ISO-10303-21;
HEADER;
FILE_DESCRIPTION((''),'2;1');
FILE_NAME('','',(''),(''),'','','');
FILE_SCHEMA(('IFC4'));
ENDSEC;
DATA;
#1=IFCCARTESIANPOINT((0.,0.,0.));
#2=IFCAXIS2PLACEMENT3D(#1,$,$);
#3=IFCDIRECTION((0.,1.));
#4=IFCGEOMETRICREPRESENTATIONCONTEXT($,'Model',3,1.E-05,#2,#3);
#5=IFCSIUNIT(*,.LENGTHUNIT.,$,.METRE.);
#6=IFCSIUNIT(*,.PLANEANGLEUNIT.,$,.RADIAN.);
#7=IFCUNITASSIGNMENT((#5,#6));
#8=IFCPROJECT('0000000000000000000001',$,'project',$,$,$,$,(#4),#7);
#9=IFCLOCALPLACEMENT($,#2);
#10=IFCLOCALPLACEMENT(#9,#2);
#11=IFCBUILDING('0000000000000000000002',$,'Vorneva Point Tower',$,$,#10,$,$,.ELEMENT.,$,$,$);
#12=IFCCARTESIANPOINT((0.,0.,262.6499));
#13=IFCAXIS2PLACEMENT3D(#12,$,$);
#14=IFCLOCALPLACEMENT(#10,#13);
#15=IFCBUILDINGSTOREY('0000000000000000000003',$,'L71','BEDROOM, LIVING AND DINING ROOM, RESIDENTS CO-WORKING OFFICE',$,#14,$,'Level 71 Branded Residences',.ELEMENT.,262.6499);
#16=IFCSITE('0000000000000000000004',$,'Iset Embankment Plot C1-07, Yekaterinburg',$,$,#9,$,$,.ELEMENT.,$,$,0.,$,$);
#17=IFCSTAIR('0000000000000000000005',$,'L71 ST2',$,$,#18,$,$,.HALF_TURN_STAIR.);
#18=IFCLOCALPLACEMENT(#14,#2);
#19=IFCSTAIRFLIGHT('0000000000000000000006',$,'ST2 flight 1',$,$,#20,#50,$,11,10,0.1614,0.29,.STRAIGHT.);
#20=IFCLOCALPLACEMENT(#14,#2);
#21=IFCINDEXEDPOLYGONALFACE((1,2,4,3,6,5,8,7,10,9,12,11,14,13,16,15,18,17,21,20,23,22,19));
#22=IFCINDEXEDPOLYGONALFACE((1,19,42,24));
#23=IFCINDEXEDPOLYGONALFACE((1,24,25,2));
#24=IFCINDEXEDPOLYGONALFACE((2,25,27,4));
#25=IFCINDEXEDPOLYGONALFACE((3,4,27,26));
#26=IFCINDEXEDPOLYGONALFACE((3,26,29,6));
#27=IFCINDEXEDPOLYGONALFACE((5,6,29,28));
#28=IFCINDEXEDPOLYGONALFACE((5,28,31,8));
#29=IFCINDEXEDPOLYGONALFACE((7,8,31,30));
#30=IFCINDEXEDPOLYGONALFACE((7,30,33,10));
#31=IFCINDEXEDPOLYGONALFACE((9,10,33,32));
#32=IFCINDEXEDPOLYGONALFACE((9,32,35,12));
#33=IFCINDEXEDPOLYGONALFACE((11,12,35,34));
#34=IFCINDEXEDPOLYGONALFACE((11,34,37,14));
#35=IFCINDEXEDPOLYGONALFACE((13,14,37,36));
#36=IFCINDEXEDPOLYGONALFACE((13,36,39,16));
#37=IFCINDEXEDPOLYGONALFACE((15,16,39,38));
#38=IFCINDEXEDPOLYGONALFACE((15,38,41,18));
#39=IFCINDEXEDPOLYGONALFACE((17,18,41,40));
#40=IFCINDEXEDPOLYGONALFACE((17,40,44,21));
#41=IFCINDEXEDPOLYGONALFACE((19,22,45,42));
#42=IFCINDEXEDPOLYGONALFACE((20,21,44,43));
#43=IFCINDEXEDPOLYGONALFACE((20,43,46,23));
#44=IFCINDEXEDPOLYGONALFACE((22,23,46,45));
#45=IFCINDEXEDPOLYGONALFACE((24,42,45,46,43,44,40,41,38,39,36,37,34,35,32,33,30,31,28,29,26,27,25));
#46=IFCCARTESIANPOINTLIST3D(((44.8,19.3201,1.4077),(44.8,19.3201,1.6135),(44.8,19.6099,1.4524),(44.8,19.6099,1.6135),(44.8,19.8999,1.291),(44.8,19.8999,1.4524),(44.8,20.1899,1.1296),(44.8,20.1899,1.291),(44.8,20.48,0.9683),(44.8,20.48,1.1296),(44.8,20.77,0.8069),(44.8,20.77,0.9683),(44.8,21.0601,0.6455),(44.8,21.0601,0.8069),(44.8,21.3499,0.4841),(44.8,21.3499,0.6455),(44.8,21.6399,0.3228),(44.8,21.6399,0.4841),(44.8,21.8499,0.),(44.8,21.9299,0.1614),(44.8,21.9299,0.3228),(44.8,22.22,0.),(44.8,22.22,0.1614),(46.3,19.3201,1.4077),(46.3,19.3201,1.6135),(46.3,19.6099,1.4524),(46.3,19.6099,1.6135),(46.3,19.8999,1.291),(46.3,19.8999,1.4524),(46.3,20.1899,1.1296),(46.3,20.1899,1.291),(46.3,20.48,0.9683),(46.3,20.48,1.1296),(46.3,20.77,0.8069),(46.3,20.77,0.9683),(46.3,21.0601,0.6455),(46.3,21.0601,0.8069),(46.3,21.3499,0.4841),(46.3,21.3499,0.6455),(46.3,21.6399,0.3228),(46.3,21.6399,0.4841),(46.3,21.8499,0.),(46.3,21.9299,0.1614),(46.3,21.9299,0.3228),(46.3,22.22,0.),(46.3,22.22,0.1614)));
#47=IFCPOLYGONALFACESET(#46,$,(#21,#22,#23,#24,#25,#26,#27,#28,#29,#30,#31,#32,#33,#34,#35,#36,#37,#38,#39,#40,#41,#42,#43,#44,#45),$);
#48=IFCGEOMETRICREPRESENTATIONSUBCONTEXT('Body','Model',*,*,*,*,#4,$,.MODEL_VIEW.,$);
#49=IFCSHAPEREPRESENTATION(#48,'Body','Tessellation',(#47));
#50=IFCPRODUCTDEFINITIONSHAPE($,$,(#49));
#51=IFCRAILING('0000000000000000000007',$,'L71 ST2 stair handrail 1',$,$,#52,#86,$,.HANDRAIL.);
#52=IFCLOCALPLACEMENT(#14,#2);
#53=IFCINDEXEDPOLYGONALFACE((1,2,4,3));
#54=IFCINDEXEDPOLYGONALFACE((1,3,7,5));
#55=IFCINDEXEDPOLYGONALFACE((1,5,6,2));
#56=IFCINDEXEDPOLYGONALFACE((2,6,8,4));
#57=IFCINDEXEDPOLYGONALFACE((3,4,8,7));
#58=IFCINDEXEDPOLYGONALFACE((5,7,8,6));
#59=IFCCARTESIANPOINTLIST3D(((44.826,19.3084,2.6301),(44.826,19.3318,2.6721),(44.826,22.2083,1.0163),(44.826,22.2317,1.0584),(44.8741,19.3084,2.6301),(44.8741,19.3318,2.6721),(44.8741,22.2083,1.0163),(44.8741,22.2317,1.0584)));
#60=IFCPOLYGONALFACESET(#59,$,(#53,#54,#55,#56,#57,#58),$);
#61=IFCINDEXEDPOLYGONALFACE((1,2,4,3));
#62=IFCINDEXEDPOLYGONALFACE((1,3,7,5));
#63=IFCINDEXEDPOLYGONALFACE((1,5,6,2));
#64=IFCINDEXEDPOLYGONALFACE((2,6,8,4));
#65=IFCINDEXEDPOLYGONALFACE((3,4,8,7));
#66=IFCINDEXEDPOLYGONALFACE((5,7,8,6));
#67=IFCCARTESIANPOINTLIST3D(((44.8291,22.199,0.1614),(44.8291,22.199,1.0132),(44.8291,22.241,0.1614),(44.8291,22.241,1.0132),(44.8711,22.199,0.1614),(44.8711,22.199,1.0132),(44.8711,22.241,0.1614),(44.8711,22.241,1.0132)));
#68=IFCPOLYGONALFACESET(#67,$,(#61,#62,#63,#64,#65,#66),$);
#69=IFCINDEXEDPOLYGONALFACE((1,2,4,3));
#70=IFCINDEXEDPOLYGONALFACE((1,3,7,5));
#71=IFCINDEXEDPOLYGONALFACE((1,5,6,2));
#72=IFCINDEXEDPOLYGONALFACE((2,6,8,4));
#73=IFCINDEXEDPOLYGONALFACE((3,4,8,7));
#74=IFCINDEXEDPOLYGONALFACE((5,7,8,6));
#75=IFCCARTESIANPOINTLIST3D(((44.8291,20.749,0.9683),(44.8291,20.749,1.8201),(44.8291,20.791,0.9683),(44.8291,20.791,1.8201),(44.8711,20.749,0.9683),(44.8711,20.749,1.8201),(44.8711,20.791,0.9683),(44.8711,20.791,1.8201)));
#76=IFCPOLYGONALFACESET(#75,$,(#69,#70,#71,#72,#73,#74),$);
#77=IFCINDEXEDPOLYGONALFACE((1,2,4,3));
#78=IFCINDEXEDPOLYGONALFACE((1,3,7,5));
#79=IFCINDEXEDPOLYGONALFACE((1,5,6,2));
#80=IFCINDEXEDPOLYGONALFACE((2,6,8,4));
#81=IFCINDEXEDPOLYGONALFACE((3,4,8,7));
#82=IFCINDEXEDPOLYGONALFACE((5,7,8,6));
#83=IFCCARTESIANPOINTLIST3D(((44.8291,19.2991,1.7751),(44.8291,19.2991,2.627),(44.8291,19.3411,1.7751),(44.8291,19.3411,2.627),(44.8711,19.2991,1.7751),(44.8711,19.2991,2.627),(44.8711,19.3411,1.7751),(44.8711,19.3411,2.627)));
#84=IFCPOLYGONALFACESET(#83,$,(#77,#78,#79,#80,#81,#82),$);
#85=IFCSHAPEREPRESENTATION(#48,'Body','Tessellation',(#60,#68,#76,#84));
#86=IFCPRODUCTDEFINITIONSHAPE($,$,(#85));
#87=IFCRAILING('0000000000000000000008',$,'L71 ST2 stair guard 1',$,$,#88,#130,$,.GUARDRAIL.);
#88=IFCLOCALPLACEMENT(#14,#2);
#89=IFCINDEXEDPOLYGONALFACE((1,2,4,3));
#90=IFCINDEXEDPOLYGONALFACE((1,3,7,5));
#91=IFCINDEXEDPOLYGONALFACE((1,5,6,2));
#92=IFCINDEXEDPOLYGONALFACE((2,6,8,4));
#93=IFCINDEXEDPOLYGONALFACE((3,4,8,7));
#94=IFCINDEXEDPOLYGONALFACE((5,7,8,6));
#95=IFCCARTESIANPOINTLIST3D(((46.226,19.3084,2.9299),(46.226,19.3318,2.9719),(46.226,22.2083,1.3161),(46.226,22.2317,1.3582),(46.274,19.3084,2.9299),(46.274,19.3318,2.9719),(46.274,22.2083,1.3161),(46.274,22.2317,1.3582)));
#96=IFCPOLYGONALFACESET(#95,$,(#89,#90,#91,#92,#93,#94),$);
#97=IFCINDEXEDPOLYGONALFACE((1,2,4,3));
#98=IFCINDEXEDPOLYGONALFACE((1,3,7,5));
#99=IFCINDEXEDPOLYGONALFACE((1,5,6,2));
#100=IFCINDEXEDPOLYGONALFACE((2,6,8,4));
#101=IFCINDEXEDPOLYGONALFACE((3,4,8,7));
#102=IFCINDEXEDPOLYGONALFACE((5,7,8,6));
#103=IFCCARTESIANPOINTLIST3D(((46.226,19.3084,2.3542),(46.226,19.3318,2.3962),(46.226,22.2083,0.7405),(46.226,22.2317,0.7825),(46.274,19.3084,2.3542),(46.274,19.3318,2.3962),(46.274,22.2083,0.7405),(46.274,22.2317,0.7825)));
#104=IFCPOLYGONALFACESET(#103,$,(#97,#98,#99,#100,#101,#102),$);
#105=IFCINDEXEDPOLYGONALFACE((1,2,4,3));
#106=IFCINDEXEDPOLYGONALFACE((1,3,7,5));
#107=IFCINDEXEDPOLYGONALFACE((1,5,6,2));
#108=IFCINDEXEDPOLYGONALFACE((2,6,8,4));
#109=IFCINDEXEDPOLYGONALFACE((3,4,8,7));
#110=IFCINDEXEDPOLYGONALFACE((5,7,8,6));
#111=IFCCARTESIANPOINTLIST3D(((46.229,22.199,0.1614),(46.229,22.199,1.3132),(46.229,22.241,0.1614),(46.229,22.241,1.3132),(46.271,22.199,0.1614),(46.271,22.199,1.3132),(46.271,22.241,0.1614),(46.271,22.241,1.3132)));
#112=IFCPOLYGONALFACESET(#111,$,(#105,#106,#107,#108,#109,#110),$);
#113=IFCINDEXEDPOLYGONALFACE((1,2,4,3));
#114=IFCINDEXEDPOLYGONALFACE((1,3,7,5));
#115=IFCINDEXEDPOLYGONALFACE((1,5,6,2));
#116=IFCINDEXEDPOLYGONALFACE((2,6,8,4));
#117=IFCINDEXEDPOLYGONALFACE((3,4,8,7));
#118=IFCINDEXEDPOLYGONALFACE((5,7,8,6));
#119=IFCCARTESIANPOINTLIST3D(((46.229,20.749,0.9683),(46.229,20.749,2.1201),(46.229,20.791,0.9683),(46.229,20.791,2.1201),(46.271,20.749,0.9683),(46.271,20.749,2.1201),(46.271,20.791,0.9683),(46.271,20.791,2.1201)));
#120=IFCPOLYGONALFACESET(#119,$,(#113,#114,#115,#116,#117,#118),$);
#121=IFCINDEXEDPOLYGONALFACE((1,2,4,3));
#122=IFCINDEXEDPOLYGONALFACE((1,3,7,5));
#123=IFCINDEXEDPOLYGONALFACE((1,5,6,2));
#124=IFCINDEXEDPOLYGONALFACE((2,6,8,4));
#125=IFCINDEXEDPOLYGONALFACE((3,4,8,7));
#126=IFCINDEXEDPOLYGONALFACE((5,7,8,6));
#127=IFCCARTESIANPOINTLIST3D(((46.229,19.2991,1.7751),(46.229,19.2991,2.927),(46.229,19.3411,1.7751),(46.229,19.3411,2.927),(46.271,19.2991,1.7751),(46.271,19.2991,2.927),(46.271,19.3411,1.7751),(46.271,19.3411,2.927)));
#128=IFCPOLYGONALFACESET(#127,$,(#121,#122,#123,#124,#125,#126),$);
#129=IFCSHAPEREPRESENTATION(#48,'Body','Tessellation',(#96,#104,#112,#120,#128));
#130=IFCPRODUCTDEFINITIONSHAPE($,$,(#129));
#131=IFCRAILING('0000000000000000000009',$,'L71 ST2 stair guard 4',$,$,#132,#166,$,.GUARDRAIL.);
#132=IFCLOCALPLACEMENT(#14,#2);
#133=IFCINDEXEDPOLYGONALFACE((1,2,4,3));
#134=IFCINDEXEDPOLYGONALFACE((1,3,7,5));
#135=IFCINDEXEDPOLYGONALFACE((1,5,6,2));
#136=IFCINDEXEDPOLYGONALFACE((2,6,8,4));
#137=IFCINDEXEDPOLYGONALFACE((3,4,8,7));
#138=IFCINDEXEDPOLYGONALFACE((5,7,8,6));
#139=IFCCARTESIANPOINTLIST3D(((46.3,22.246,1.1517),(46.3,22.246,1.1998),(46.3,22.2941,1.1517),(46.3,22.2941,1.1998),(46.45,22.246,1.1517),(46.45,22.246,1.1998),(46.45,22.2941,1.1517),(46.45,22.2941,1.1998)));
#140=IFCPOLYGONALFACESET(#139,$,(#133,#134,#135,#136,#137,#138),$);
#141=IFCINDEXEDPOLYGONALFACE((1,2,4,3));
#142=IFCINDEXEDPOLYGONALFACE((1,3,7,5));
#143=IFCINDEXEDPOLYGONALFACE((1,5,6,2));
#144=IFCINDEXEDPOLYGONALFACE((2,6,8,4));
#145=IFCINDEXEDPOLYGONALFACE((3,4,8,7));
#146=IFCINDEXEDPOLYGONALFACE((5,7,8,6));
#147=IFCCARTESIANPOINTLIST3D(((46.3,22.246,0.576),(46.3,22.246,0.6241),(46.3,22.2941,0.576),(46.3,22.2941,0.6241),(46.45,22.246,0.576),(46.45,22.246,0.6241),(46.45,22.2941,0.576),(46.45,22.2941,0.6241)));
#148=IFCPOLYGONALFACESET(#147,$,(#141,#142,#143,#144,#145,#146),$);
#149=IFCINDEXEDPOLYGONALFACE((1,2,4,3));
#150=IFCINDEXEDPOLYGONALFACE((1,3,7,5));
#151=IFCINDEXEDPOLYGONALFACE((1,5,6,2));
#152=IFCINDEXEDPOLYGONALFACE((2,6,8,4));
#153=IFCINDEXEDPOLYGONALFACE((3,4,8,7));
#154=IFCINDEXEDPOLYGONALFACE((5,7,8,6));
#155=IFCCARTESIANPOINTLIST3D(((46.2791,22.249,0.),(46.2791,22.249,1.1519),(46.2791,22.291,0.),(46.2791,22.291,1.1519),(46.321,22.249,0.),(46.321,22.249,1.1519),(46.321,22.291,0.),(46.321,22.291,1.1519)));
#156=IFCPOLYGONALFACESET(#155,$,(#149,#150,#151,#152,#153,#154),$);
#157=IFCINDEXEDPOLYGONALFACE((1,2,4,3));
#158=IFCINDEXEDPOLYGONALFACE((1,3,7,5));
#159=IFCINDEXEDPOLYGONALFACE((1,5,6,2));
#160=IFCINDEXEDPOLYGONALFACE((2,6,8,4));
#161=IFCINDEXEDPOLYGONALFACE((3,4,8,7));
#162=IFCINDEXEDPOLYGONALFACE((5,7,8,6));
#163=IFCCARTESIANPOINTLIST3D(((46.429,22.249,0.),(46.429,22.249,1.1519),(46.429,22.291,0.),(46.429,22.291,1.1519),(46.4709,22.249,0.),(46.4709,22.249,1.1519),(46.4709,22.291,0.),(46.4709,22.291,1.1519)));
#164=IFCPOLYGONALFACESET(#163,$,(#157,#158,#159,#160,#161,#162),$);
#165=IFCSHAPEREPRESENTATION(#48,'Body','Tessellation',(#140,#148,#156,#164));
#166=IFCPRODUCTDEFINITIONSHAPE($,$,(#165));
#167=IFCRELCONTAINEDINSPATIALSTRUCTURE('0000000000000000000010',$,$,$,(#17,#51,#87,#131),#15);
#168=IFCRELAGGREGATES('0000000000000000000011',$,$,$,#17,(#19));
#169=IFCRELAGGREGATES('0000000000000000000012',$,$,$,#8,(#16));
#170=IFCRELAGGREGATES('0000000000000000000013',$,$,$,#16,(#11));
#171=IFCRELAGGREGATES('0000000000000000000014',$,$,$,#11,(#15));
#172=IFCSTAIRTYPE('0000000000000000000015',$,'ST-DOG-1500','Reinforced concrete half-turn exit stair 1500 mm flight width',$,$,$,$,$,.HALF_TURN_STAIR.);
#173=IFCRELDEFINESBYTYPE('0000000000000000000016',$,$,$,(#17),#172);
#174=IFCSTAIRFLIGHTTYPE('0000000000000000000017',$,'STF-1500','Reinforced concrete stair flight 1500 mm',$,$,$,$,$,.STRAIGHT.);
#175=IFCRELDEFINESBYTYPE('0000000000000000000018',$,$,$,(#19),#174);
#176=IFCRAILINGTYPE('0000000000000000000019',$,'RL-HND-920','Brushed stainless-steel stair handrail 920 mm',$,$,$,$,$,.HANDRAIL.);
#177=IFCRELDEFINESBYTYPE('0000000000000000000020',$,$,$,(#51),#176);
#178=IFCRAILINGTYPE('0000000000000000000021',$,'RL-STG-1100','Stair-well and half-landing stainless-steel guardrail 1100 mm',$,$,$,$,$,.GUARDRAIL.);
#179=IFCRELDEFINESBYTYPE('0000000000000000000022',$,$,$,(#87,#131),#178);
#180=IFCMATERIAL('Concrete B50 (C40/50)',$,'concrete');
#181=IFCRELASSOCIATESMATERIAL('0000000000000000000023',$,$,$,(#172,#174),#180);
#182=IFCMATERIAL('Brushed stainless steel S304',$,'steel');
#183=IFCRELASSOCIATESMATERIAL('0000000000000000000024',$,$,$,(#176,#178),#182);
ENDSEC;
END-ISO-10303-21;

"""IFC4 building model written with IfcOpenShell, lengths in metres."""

from ifc_helpers import new_model, si_unit, direction, frame, origin, origin_2d, place, context, subcontext, project, spatial, polyline, rectangle, outline, extrude, material, type_object, element, aggregate, save


model = new_model("IFC4")

# Units and contexts
model_context = context("Model", 3, precision=1e-05, world=origin(), true_north=direction((0.0, 1.0)))
body_context = subcontext(model_context, "Body", "Model", "MODEL_VIEW")
ifc_project = project(units=[si_unit("LENGTHUNIT", "METRE"), si_unit("PLANEANGLEUNIT", "RADIAN")], contexts=[model_context])

# Site, building, storey
site_placement = place(None, origin())
site = spatial("IfcSite", under=ifc_project, at=site_placement, Name="Iset Embankment Plot C1-07, Yekaterinburg", CompositionType="ELEMENT", RefElevation=0.0)
building_placement = place(site_placement, origin())
building = spatial("IfcBuilding", under=site, at=building_placement, Name="Vorneva Point Tower", CompositionType="ELEMENT")
storey_placement = place(building_placement, frame((0.0, 0.0, 262.6499)))
storey = spatial("IfcBuildingStorey", under=building, at=storey_placement, Name="L71", Description="BEDROOM, LIVING AND DINING ROOM, RESIDENTS CO-WORKING OFFICE", LongName="Level 71 Branded Residences", CompositionType="ELEMENT", Elevation=262.6499)

# Shared definitions
ifc_material_1 = material(Name="Concrete B50 (C40/50)", Category="concrete")

# Stair, stair flight
stair_type = type_object("IfcStairType", Name="ST-DOG-1500", Description="Reinforced concrete half-turn exit stair 1500 mm flight width", PredefinedType="HALF_TURN_STAIR", material=ifc_material_1)
stair_placement = place(storey_placement, origin())
stair = element("IfcStair", 1, at=stair_placement, inside=storey, type_object=stair_type, Name="L71 ST2", PredefinedType="HALF_TURN_STAIR")
stair_flight_type = type_object("IfcStairFlightType", Name="STF-1500", Description="Reinforced concrete stair flight 1500 mm", PredefinedType="STRAIGHT", material=ifc_material_1)
stair_flight_placement = place(storey_placement, frame((45.55, 22.22, 0.0), z_axis=(0.0, 0.0, 1.0), x_axis=(0.0, -1.0, 0.0)))
stair_flight = element("IfcStairFlight", 2, at=stair_flight_placement, type_object=stair_flight_type, Name="ST2 flight 1", NumberOfRisers=11, NumberOfTreads=10, PredefinedType="STRAIGHT", RiserHeight=0.1614, TreadLength=0.29, context=body_context, shape_type="SweptSolid", body=[
    extrude(outline(polyline([(0.0, 0.0), (0.0, 0.1614), (0.29, 0.1614), (0.29, 0.3228), (0.5801, 0.3228), (0.5801, 0.4841), (0.8701, 0.4841), (0.8701, 0.6455), (1.1599, 0.6455), (1.1599, 0.8069), (1.45, 0.8069), (1.45, 0.9683), (1.74, 0.9683), (1.74, 1.1296), (2.03, 1.1296), (2.03, 1.291), (2.3201, 1.291), (2.3201, 1.4524), (2.6101, 1.4524), (2.6101, 1.6135), (2.8999, 1.6135), (2.8999, 1.7749), (2.8999, 1.4077), (0.3701, 0.0), (0.0, 0.0)])), frame((0.0, 0.75, 0.0), z_axis=(0.0, -1.0, 0.0), x_axis=(1.0, 0.0, 0.0)), (0.0, 0.0, 1.0), 1.5),
])
aggregate(stair, [stair_flight])

# Railings
ifc_material_2 = material(Name="Brushed stainless steel S304", Category="steel")
railing_type_1 = type_object("IfcRailingType", Name="RL-HND-920", Description="Brushed stainless-steel stair handrail 920 mm", PredefinedType="HANDRAIL", material=ifc_material_2)
railing_1_placement = place(storey_placement, frame((44.8501, 22.22, 0.1614)))
element("IfcRailing", 3, at=railing_1_placement, inside=storey, type_object=railing_type_1, Name="L71 ST2 stair handrail 1", PredefinedType="HANDRAIL", context=body_context, shape_type="SweptSolid", body=[
    extrude(rectangle(XDim=0.0481, YDim=0.0481, at=origin_2d()), frame((0.0, 0.0, 0.876), z_axis=(0.0, -0.87381, 0.486267), x_axis=(1.0, 0.0, 0.0)), (0.0, 0.0, 1.0), 3.3186),
    extrude(rectangle(XDim=0.042, YDim=0.042, at=origin_2d()), origin(), (0.0, 0.0, 1.0), 0.8518),
    extrude(rectangle(XDim=0.042, YDim=0.042, at=origin_2d()), frame((0.0, -1.45, 0.8069)), (0.0, 0.0, 1.0), 0.8518),
    extrude(rectangle(XDim=0.042, YDim=0.042, at=origin_2d()), frame((0.0, -2.8999, 1.6138)), (0.0, 0.0, 1.0), 0.8518),
])
railing_type_2 = type_object("IfcRailingType", Name="RL-STG-1100", Description="Stair-well and half-landing stainless-steel guardrail 1100 mm", PredefinedType="GUARDRAIL", material=ifc_material_2)
railing_2_placement = place(storey_placement, frame((46.25, 22.22, 0.1614)))
element("IfcRailing", 4, at=railing_2_placement, inside=storey, type_object=railing_type_2, Name="L71 ST2 stair guard 1", PredefinedType="GUARDRAIL", context=body_context, shape_type="SweptSolid", body=[
    extrude(rectangle(XDim=0.0481, YDim=0.0481, at=origin_2d()), frame((0.0, 0.0, 1.1758), z_axis=(0.0, -0.87381, 0.486267), x_axis=(1.0, 0.0, 0.0)), (0.0, 0.0, 1.0), 3.3186),
    extrude(rectangle(XDim=0.0481, YDim=0.0481, at=origin_2d()), frame((0.0, 0.0, 0.6001), z_axis=(0.0, -0.87381, 0.486267), x_axis=(1.0, 0.0, 0.0)), (0.0, 0.0, 1.0), 3.3186),
    extrude(rectangle(XDim=0.042, YDim=0.042, at=origin_2d()), origin(), (0.0, 0.0, 1.0), 1.1519),
    extrude(rectangle(XDim=0.042, YDim=0.042, at=origin_2d()), frame((0.0, -1.45, 0.8069)), (0.0, 0.0, 1.0), 1.1519),
    extrude(rectangle(XDim=0.042, YDim=0.042, at=origin_2d()), frame((0.0, -2.8999, 1.6138)), (0.0, 0.0, 1.0), 1.1519),
])
railing_3_placement = place(storey_placement, frame((46.3, 22.27, 0.0)))
element("IfcRailing", 5, at=railing_3_placement, inside=storey, type_object=railing_type_2, Name="L71 ST2 stair guard 4", PredefinedType="GUARDRAIL", context=body_context, shape_type="SweptSolid", body=[
    extrude(rectangle(XDim=0.0481, YDim=0.0481, at=origin_2d()), frame((0.0, 0.0, 1.1758), z_axis=(1.0, 0.0, 0.0), x_axis=(0.0, 1.0, 0.0)), (0.0, 0.0, 1.0), 0.1499),
    extrude(rectangle(XDim=0.0481, YDim=0.0481, at=origin_2d()), frame((0.0, 0.0, 0.6001), z_axis=(1.0, 0.0, 0.0), x_axis=(0.0, 1.0, 0.0)), (0.0, 0.0, 1.0), 0.1499),
    extrude(rectangle(XDim=0.042, YDim=0.042, at=origin_2d()), origin(), (0.0, 0.0, 1.0), 1.1519),
    extrude(rectangle(XDim=0.042, YDim=0.042, at=origin_2d()), frame((0.1499, 0.0, 0.0)), (0.0, 0.0, 1.0), 1.1519),
])

save(model, "model.ifc")
